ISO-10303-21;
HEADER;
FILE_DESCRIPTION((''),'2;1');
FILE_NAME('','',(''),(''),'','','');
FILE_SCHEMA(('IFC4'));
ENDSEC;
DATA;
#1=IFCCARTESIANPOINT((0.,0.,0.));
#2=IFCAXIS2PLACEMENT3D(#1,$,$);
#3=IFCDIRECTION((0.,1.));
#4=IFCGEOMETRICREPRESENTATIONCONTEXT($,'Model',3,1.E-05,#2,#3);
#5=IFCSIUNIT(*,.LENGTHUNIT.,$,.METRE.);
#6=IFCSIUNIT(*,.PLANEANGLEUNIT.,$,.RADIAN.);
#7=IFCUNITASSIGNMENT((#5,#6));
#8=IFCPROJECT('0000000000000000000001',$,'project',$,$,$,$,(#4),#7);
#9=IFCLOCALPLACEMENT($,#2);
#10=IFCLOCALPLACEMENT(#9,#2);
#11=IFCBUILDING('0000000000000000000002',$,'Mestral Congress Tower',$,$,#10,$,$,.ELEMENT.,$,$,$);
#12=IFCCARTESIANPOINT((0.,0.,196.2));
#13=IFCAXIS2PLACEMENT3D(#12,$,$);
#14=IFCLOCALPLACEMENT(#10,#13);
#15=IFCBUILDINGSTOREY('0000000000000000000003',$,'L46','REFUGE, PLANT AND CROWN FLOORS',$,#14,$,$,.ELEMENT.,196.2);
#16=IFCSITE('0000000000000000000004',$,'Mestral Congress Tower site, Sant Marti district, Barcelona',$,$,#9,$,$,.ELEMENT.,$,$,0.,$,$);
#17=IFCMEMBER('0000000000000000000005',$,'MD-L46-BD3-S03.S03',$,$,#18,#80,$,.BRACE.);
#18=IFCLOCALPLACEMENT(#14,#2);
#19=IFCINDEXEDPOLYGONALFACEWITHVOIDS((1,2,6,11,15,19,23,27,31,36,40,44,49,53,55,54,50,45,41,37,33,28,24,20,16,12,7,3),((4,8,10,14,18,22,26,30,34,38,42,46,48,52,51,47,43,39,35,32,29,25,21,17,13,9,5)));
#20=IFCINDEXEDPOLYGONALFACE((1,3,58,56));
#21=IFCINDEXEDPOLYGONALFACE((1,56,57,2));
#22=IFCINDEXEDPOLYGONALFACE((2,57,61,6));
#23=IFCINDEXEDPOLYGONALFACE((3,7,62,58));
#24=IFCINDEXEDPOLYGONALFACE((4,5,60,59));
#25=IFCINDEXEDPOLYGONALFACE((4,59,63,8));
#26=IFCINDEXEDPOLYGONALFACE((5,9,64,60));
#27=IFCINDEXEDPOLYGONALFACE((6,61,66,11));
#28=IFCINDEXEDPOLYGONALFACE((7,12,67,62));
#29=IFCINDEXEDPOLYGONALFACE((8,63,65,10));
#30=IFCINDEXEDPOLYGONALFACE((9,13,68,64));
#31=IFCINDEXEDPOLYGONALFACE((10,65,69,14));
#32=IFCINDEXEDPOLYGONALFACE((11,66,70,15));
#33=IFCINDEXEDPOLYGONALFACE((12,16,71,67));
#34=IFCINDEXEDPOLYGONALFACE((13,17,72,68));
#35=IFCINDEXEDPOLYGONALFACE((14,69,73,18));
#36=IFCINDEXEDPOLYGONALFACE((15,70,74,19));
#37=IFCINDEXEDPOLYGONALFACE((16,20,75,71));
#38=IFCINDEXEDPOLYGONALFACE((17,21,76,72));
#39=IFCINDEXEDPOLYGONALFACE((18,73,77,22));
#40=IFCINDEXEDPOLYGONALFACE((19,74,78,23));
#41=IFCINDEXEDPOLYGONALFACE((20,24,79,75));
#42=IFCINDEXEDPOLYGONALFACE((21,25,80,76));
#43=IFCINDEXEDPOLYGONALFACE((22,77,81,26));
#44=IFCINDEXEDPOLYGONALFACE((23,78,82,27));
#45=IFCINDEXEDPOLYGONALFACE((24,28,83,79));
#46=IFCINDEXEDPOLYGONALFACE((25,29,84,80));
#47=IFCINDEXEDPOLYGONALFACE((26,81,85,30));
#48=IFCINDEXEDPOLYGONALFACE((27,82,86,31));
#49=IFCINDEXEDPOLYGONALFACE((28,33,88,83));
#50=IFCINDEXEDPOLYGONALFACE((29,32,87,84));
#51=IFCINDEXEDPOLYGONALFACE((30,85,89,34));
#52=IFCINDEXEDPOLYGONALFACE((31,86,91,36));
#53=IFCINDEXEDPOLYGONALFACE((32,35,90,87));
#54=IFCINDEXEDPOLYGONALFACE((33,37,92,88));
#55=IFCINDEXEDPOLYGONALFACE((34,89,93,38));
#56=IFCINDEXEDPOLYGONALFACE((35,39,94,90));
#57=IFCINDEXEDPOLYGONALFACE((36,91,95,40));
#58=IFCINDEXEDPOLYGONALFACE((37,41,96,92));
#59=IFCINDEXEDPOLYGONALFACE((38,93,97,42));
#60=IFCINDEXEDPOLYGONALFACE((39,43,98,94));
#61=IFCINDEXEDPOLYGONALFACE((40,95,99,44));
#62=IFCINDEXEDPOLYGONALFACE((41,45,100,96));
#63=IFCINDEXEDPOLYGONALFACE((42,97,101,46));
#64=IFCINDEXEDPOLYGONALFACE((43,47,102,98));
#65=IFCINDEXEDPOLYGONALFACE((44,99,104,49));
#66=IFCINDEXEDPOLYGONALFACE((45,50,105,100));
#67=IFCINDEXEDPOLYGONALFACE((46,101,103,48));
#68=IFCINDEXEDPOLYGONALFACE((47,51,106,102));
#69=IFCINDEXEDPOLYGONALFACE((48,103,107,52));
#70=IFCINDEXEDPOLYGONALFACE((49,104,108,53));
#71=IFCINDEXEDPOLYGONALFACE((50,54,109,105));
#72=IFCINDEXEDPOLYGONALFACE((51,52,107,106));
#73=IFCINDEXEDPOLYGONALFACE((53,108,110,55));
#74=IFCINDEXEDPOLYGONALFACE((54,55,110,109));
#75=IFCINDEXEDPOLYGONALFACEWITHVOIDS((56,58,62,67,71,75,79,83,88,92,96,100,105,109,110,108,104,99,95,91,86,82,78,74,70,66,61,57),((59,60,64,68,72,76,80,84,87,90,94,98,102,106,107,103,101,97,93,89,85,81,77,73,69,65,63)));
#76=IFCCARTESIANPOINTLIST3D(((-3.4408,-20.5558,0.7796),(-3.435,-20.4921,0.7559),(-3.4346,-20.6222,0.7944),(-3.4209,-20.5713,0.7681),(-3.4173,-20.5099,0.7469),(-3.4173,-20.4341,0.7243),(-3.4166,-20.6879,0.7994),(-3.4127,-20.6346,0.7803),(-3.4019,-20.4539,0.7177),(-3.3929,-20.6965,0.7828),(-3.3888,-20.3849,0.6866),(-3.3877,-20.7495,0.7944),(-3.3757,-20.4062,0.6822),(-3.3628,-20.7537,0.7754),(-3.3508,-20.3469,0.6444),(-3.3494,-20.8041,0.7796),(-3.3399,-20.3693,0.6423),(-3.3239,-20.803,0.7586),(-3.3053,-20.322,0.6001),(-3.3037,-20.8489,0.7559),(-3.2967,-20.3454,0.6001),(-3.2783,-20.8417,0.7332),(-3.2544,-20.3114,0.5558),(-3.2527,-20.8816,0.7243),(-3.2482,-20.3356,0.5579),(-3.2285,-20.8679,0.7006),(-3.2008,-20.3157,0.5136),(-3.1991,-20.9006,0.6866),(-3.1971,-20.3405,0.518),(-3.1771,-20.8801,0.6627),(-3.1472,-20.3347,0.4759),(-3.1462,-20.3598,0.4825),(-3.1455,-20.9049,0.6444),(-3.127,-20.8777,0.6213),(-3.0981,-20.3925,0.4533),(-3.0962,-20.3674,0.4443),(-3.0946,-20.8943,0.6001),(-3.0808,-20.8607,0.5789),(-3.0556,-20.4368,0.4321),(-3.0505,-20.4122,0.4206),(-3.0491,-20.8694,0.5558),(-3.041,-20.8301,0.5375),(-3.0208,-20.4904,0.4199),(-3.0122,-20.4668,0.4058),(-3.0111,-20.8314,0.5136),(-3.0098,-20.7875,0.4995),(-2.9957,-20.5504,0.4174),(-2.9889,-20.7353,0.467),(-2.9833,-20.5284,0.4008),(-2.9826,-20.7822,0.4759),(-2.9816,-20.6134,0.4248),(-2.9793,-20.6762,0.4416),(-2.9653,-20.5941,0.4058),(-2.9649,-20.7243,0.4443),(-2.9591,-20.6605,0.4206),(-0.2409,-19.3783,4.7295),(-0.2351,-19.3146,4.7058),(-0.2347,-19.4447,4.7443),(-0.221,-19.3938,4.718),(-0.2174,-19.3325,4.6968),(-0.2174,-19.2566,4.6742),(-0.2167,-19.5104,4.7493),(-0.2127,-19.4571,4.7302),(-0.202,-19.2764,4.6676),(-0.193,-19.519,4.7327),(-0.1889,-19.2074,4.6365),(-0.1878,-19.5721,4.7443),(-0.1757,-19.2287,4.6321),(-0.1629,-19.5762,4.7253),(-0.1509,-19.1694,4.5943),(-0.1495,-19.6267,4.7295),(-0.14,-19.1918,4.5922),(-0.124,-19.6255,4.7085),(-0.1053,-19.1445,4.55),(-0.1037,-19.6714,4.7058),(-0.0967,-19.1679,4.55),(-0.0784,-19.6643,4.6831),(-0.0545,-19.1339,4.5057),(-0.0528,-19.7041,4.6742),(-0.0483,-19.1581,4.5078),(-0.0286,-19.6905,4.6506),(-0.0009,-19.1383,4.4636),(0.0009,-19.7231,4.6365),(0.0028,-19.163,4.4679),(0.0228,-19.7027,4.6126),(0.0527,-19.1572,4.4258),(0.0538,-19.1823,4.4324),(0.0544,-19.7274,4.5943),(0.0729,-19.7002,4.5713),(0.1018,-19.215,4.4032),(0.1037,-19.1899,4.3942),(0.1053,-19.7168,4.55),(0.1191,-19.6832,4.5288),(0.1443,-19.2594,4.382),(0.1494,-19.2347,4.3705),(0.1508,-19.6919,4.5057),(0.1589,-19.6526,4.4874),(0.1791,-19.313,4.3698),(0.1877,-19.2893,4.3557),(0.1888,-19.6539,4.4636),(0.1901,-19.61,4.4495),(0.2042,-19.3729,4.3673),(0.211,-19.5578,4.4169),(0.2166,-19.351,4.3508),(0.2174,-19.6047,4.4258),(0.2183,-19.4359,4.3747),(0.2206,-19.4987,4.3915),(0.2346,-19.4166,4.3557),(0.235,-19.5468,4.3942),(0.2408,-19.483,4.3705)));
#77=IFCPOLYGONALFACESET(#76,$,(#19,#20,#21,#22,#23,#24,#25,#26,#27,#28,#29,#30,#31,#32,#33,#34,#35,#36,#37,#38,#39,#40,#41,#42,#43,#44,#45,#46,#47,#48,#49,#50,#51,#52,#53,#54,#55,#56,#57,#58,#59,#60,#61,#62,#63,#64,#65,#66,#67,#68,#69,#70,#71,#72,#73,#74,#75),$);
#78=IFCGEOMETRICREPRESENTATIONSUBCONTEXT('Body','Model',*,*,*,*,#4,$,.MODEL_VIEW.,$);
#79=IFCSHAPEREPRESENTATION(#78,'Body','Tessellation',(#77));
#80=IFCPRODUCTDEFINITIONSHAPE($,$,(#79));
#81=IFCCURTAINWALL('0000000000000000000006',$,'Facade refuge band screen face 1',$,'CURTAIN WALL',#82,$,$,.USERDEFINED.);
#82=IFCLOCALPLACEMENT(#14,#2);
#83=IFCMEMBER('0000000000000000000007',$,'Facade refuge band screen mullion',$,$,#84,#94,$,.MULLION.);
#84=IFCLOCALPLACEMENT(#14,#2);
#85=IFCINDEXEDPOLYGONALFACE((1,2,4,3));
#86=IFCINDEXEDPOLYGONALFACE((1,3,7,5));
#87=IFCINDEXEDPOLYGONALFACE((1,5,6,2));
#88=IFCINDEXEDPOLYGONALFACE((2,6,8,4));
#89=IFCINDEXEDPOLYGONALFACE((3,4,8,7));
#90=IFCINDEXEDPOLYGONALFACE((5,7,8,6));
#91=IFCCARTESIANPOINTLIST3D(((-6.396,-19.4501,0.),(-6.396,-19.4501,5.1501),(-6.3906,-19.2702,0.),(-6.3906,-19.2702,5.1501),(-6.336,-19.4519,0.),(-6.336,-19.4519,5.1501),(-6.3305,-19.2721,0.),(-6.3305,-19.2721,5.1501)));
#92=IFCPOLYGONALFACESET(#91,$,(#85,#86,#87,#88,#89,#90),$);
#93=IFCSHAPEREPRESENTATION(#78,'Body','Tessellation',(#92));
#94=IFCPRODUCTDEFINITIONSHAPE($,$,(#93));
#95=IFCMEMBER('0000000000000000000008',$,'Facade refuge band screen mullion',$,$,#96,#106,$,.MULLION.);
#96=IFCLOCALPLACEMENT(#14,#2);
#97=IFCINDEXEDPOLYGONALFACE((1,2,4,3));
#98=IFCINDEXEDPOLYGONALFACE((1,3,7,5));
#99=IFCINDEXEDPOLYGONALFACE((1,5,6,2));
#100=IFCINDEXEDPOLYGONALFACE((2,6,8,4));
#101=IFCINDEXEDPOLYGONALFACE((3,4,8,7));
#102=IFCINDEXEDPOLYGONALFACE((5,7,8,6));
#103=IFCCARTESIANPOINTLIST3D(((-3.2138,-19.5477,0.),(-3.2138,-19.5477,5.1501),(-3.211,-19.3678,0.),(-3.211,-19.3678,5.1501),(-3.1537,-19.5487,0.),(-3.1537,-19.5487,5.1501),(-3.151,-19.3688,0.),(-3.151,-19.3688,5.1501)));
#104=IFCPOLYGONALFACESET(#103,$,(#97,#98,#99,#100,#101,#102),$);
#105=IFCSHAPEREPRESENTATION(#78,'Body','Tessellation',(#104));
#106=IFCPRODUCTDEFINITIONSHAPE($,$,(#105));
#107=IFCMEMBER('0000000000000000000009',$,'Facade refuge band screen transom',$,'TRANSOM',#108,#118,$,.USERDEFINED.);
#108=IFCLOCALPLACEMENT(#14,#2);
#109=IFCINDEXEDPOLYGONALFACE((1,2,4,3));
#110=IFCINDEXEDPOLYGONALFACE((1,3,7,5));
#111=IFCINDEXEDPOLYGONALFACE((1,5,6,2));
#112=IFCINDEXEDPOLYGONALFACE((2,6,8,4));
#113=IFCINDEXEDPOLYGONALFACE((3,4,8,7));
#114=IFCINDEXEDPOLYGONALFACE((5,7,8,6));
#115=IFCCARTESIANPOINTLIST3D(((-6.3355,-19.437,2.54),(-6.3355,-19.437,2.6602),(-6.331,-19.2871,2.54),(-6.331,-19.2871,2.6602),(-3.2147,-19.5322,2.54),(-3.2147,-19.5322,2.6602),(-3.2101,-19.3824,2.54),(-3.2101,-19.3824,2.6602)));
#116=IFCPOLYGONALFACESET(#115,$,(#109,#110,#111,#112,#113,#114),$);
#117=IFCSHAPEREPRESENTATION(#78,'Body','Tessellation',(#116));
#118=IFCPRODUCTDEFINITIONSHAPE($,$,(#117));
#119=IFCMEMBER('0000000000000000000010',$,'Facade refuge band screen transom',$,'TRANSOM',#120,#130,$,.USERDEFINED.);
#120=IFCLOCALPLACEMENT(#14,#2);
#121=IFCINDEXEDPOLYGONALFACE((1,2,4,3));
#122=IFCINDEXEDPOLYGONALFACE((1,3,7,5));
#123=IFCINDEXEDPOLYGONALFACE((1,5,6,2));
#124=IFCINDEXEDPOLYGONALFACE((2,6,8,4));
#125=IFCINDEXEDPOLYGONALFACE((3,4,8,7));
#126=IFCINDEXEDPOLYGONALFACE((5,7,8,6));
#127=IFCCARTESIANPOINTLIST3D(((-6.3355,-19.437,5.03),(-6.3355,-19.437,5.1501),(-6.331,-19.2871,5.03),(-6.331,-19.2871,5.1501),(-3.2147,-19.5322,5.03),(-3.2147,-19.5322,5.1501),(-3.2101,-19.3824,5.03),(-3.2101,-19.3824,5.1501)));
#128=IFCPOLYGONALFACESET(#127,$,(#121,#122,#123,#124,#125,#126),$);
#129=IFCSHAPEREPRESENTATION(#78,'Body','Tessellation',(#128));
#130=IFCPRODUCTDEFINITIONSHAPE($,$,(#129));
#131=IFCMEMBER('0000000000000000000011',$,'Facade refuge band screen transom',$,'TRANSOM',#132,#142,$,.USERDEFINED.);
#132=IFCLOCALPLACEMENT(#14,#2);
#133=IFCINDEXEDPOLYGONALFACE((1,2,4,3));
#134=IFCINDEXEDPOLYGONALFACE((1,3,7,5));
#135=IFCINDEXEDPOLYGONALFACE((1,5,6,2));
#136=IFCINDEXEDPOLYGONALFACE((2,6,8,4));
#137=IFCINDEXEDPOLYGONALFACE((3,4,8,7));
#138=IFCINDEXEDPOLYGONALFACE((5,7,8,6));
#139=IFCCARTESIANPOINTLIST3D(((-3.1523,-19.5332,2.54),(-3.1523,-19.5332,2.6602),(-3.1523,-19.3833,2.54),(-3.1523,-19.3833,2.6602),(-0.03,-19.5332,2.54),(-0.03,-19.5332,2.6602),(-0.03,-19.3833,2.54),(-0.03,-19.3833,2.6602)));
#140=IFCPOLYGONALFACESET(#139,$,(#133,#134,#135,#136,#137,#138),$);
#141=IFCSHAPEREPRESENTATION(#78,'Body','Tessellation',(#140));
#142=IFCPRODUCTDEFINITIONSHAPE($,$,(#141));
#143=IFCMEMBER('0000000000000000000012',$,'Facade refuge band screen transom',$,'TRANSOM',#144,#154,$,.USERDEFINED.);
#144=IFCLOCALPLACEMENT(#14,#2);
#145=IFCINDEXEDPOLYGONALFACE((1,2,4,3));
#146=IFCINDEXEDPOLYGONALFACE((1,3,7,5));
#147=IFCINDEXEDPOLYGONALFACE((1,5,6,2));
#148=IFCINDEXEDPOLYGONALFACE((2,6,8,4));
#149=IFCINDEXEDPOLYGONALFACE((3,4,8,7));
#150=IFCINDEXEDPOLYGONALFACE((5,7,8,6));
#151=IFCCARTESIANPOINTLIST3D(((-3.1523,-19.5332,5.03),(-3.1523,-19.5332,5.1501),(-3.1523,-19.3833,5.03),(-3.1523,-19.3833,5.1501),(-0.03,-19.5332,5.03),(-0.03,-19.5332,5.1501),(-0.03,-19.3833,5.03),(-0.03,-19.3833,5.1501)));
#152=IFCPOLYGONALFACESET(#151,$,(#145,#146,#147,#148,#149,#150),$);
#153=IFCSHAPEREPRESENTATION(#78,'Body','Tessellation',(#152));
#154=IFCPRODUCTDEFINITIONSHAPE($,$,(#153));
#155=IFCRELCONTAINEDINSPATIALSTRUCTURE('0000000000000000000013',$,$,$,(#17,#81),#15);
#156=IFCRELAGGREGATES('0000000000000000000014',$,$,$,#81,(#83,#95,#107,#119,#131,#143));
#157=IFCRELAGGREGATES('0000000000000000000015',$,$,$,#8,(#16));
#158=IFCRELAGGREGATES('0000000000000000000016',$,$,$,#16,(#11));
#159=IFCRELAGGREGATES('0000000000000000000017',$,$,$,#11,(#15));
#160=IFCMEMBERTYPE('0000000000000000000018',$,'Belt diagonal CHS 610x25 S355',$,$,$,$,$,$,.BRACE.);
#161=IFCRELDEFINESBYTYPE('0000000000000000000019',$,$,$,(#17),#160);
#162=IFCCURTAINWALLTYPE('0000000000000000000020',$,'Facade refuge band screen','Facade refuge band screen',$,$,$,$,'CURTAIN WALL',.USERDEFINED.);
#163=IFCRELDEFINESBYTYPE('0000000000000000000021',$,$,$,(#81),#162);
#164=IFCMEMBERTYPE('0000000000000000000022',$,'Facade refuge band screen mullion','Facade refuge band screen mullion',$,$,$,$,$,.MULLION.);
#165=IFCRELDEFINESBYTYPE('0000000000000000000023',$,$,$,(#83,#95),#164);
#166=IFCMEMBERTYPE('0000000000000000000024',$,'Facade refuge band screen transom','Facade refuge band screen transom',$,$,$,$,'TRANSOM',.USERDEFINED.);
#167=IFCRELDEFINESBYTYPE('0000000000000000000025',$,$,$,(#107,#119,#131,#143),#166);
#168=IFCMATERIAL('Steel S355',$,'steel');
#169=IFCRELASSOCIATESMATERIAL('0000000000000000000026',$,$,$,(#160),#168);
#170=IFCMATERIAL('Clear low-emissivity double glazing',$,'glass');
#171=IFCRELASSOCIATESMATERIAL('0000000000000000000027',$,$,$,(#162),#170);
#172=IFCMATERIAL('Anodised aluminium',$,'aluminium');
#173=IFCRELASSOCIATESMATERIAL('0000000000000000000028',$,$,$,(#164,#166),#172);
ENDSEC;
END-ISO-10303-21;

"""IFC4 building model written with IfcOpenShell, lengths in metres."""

from ifc_helpers import new_model, si_unit, direction, frame, origin, origin_2d, place, context, subcontext, project, spatial, rectangle, hollow_circle, extrude, material, material_profile, profile_set, type_object, element, aggregate, save


model = new_model("IFC4")

# Units and contexts
model_context = context("Model", 3, precision=1e-05, world=origin(), true_north=direction((0.0, 1.0)))
body_context = subcontext(model_context, "Body", "Model", "MODEL_VIEW")
ifc_project = project(units=[si_unit("LENGTHUNIT", "METRE"), si_unit("PLANEANGLEUNIT", "RADIAN")], contexts=[model_context])

# Site, building, storey
site_placement = place(None, origin())
site = spatial("IfcSite", under=ifc_project, at=site_placement, Name="Mestral Congress Tower site, Sant Marti district, Barcelona", CompositionType="ELEMENT", RefElevation=0.0)
building_placement = place(site_placement, origin())
building = spatial("IfcBuilding", under=site, at=building_placement, Name="Mestral Congress Tower", CompositionType="ELEMENT")
storey_placement = place(building_placement, frame((0.0, 0.0, 196.2)))
storey = spatial("IfcBuildingStorey", under=building, at=storey_placement, Name="L46", Description="REFUGE, PLANT AND CROWN FLOORS", CompositionType="ELEMENT", Elevation=196.2)

# Member
ifc_material_1 = material(Name="Steel S355", Category="steel")
ifc_material_profile_1 = material_profile(ifc_material_1, hollow_circle(Radius=0.3049, WallThickness=0.0249, at=origin_2d()), Name="CHS 610x25")
ifc_profile_set_1 = profile_set([ifc_material_profile_1], Name="Steel S355")
member_type_1 = type_object("IfcMemberType", Name="Belt diagonal CHS 610x25 S355", PredefinedType="BRACE", material=ifc_profile_set_1)
member_1_placement = place(storey_placement, frame((-3.2, -20.6082, 0.6001), z_axis=(0.613244, 0.225656, 0.756975), x_axis=(-0.345334, 0.93848, 0.0)))
element("IfcMember", 1, at=member_1_placement, inside=storey, type_object=member_type_1, Name="MD-L46-BD3-S03.S03", PredefinedType="BRACE", context=body_context, shape_type="SweptSolid", body=[
    extrude(hollow_circle(Radius=0.3049, WallThickness=0.0249, at=origin_2d()), origin(), (0.0, 0.0, 1.0), 5.218),
])

# Curtain wall, members
ifc_material_2 = material(Name="Clear low-emissivity double glazing", Category="glass")
curtain_wall_type = type_object("IfcCurtainWallType", Name="Facade refuge band screen", Description="Facade refuge band screen", ElementType="CURTAIN WALL", PredefinedType="USERDEFINED", material=ifc_material_2)
curtain_wall_placement = place(storey_placement, origin())
curtain_wall = element("IfcCurtainWall", 2, at=curtain_wall_placement, inside=storey, type_object=curtain_wall_type, Name="Facade refuge band screen face 1", ObjectType="CURTAIN WALL", PredefinedType="USERDEFINED")
ifc_material_3 = material(Name="Anodised aluminium", Category="aluminium")
ifc_material_profile_2 = material_profile(ifc_material_3, rectangle(XDim=0.1799, YDim=0.0601, at=origin_2d()), Name="CW3 mullion 180 x 60")
ifc_profile_set_2 = profile_set([ifc_material_profile_2], Name="Anodised aluminium")
member_type_2 = type_object("IfcMemberType", Name="Facade refuge band screen mullion", Description="Facade refuge band screen mullion", PredefinedType="MULLION", material=ifc_profile_set_2)
member_2_placement = place(storey_placement, frame((-6.3633, -19.3611, 0.0), z_axis=(0.0, 0.0, 1.0), x_axis=(-0.030519, -0.999534, 0.0)))
member_2 = element("IfcMember", 3, at=member_2_placement, type_object=member_type_2, Name="Facade refuge band screen mullion", PredefinedType="MULLION", context=body_context, shape_type="SweptSolid", body=[
    extrude(rectangle(XDim=0.1799, YDim=0.0601, at=origin_2d()), origin(), (0.0, 0.0, 1.0), 5.1501),
])
member_3_placement = place(storey_placement, frame((-3.1824, -19.4583, 0.0), z_axis=(0.0, 0.0, 1.0), x_axis=(-0.015262, -0.999884, 0.0)))
member_3 = element("IfcMember", 4, at=member_3_placement, type_object=member_type_2, Name="Facade refuge band screen mullion", PredefinedType="MULLION", context=body_context, shape_type="SweptSolid", body=[
    extrude(rectangle(XDim=0.1799, YDim=0.0601, at=origin_2d()), origin(), (0.0, 0.0, 1.0), 5.1501),
])
ifc_material_profile_3 = material_profile(ifc_material_3, rectangle(XDim=0.1499, YDim=0.1201, at=origin_2d()), Name="CW3 transom 150 x 120")
ifc_profile_set_3 = profile_set([ifc_material_profile_3], Name="Anodised aluminium")
member_type_3 = type_object("IfcMemberType", Name="Facade refuge band screen transom", Description="Facade refuge band screen transom", ElementType="TRANSOM", PredefinedType="USERDEFINED", material=ifc_profile_set_3)
member_4_placement = place(storey_placement, frame((-6.3333, -19.3621, 2.6001), z_axis=(0.999535, -0.030495, 0.0), x_axis=(0.030495, 0.999535, 0.0)))
member_4 = element("IfcMember", 5, at=member_4_placement, type_object=member_type_3, Name="Facade refuge band screen transom", ObjectType="TRANSOM", PredefinedType="USERDEFINED", context=body_context, shape_type="SweptSolid", body=[
    extrude(rectangle(XDim=0.1499, YDim=0.1201, at=origin_2d()), origin(), (0.0, 0.0, 1.0), 3.1223),
])
member_5_placement = place(storey_placement, frame((-6.3333, -19.3621, 5.0901), z_axis=(0.999535, -0.030495, 0.0), x_axis=(0.030495, 0.999535, 0.0)))
member_5 = element("IfcMember", 6, at=member_5_placement, type_object=member_type_3, Name="Facade refuge band screen transom", ObjectType="TRANSOM", PredefinedType="USERDEFINED", context=body_context, shape_type="SweptSolid", body=[
    extrude(rectangle(XDim=0.1499, YDim=0.1201, at=origin_2d()), origin(), (0.0, 0.0, 1.0), 3.1223),
])
member_6_placement = place(storey_placement, frame((-3.1523, -19.4583, 2.6001), z_axis=(1.0, 0.0, 0.0), x_axis=(0.0, 1.0, 0.0)))
member_6 = element("IfcMember", 7, at=member_6_placement, type_object=member_type_3, Name="Facade refuge band screen transom", ObjectType="TRANSOM", PredefinedType="USERDEFINED", context=body_context, shape_type="SweptSolid", body=[
    extrude(rectangle(XDim=0.1499, YDim=0.1201, at=origin_2d()), origin(), (0.0, 0.0, 1.0), 3.1223),
])
member_7_placement = place(storey_placement, frame((-3.1523, -19.4583, 5.0901), z_axis=(1.0, 0.0, 0.0), x_axis=(0.0, 1.0, 0.0)))
member_7 = element("IfcMember", 8, at=member_7_placement, type_object=member_type_3, Name="Facade refuge band screen transom", ObjectType="TRANSOM", PredefinedType="USERDEFINED", context=body_context, shape_type="SweptSolid", body=[
    extrude(rectangle(XDim=0.1499, YDim=0.1201, at=origin_2d()), origin(), (0.0, 0.0, 1.0), 3.1223),
])

aggregate(curtain_wall, [member_2, member_3, member_4, member_5, member_6, member_7])

save(model, "model.ifc")
